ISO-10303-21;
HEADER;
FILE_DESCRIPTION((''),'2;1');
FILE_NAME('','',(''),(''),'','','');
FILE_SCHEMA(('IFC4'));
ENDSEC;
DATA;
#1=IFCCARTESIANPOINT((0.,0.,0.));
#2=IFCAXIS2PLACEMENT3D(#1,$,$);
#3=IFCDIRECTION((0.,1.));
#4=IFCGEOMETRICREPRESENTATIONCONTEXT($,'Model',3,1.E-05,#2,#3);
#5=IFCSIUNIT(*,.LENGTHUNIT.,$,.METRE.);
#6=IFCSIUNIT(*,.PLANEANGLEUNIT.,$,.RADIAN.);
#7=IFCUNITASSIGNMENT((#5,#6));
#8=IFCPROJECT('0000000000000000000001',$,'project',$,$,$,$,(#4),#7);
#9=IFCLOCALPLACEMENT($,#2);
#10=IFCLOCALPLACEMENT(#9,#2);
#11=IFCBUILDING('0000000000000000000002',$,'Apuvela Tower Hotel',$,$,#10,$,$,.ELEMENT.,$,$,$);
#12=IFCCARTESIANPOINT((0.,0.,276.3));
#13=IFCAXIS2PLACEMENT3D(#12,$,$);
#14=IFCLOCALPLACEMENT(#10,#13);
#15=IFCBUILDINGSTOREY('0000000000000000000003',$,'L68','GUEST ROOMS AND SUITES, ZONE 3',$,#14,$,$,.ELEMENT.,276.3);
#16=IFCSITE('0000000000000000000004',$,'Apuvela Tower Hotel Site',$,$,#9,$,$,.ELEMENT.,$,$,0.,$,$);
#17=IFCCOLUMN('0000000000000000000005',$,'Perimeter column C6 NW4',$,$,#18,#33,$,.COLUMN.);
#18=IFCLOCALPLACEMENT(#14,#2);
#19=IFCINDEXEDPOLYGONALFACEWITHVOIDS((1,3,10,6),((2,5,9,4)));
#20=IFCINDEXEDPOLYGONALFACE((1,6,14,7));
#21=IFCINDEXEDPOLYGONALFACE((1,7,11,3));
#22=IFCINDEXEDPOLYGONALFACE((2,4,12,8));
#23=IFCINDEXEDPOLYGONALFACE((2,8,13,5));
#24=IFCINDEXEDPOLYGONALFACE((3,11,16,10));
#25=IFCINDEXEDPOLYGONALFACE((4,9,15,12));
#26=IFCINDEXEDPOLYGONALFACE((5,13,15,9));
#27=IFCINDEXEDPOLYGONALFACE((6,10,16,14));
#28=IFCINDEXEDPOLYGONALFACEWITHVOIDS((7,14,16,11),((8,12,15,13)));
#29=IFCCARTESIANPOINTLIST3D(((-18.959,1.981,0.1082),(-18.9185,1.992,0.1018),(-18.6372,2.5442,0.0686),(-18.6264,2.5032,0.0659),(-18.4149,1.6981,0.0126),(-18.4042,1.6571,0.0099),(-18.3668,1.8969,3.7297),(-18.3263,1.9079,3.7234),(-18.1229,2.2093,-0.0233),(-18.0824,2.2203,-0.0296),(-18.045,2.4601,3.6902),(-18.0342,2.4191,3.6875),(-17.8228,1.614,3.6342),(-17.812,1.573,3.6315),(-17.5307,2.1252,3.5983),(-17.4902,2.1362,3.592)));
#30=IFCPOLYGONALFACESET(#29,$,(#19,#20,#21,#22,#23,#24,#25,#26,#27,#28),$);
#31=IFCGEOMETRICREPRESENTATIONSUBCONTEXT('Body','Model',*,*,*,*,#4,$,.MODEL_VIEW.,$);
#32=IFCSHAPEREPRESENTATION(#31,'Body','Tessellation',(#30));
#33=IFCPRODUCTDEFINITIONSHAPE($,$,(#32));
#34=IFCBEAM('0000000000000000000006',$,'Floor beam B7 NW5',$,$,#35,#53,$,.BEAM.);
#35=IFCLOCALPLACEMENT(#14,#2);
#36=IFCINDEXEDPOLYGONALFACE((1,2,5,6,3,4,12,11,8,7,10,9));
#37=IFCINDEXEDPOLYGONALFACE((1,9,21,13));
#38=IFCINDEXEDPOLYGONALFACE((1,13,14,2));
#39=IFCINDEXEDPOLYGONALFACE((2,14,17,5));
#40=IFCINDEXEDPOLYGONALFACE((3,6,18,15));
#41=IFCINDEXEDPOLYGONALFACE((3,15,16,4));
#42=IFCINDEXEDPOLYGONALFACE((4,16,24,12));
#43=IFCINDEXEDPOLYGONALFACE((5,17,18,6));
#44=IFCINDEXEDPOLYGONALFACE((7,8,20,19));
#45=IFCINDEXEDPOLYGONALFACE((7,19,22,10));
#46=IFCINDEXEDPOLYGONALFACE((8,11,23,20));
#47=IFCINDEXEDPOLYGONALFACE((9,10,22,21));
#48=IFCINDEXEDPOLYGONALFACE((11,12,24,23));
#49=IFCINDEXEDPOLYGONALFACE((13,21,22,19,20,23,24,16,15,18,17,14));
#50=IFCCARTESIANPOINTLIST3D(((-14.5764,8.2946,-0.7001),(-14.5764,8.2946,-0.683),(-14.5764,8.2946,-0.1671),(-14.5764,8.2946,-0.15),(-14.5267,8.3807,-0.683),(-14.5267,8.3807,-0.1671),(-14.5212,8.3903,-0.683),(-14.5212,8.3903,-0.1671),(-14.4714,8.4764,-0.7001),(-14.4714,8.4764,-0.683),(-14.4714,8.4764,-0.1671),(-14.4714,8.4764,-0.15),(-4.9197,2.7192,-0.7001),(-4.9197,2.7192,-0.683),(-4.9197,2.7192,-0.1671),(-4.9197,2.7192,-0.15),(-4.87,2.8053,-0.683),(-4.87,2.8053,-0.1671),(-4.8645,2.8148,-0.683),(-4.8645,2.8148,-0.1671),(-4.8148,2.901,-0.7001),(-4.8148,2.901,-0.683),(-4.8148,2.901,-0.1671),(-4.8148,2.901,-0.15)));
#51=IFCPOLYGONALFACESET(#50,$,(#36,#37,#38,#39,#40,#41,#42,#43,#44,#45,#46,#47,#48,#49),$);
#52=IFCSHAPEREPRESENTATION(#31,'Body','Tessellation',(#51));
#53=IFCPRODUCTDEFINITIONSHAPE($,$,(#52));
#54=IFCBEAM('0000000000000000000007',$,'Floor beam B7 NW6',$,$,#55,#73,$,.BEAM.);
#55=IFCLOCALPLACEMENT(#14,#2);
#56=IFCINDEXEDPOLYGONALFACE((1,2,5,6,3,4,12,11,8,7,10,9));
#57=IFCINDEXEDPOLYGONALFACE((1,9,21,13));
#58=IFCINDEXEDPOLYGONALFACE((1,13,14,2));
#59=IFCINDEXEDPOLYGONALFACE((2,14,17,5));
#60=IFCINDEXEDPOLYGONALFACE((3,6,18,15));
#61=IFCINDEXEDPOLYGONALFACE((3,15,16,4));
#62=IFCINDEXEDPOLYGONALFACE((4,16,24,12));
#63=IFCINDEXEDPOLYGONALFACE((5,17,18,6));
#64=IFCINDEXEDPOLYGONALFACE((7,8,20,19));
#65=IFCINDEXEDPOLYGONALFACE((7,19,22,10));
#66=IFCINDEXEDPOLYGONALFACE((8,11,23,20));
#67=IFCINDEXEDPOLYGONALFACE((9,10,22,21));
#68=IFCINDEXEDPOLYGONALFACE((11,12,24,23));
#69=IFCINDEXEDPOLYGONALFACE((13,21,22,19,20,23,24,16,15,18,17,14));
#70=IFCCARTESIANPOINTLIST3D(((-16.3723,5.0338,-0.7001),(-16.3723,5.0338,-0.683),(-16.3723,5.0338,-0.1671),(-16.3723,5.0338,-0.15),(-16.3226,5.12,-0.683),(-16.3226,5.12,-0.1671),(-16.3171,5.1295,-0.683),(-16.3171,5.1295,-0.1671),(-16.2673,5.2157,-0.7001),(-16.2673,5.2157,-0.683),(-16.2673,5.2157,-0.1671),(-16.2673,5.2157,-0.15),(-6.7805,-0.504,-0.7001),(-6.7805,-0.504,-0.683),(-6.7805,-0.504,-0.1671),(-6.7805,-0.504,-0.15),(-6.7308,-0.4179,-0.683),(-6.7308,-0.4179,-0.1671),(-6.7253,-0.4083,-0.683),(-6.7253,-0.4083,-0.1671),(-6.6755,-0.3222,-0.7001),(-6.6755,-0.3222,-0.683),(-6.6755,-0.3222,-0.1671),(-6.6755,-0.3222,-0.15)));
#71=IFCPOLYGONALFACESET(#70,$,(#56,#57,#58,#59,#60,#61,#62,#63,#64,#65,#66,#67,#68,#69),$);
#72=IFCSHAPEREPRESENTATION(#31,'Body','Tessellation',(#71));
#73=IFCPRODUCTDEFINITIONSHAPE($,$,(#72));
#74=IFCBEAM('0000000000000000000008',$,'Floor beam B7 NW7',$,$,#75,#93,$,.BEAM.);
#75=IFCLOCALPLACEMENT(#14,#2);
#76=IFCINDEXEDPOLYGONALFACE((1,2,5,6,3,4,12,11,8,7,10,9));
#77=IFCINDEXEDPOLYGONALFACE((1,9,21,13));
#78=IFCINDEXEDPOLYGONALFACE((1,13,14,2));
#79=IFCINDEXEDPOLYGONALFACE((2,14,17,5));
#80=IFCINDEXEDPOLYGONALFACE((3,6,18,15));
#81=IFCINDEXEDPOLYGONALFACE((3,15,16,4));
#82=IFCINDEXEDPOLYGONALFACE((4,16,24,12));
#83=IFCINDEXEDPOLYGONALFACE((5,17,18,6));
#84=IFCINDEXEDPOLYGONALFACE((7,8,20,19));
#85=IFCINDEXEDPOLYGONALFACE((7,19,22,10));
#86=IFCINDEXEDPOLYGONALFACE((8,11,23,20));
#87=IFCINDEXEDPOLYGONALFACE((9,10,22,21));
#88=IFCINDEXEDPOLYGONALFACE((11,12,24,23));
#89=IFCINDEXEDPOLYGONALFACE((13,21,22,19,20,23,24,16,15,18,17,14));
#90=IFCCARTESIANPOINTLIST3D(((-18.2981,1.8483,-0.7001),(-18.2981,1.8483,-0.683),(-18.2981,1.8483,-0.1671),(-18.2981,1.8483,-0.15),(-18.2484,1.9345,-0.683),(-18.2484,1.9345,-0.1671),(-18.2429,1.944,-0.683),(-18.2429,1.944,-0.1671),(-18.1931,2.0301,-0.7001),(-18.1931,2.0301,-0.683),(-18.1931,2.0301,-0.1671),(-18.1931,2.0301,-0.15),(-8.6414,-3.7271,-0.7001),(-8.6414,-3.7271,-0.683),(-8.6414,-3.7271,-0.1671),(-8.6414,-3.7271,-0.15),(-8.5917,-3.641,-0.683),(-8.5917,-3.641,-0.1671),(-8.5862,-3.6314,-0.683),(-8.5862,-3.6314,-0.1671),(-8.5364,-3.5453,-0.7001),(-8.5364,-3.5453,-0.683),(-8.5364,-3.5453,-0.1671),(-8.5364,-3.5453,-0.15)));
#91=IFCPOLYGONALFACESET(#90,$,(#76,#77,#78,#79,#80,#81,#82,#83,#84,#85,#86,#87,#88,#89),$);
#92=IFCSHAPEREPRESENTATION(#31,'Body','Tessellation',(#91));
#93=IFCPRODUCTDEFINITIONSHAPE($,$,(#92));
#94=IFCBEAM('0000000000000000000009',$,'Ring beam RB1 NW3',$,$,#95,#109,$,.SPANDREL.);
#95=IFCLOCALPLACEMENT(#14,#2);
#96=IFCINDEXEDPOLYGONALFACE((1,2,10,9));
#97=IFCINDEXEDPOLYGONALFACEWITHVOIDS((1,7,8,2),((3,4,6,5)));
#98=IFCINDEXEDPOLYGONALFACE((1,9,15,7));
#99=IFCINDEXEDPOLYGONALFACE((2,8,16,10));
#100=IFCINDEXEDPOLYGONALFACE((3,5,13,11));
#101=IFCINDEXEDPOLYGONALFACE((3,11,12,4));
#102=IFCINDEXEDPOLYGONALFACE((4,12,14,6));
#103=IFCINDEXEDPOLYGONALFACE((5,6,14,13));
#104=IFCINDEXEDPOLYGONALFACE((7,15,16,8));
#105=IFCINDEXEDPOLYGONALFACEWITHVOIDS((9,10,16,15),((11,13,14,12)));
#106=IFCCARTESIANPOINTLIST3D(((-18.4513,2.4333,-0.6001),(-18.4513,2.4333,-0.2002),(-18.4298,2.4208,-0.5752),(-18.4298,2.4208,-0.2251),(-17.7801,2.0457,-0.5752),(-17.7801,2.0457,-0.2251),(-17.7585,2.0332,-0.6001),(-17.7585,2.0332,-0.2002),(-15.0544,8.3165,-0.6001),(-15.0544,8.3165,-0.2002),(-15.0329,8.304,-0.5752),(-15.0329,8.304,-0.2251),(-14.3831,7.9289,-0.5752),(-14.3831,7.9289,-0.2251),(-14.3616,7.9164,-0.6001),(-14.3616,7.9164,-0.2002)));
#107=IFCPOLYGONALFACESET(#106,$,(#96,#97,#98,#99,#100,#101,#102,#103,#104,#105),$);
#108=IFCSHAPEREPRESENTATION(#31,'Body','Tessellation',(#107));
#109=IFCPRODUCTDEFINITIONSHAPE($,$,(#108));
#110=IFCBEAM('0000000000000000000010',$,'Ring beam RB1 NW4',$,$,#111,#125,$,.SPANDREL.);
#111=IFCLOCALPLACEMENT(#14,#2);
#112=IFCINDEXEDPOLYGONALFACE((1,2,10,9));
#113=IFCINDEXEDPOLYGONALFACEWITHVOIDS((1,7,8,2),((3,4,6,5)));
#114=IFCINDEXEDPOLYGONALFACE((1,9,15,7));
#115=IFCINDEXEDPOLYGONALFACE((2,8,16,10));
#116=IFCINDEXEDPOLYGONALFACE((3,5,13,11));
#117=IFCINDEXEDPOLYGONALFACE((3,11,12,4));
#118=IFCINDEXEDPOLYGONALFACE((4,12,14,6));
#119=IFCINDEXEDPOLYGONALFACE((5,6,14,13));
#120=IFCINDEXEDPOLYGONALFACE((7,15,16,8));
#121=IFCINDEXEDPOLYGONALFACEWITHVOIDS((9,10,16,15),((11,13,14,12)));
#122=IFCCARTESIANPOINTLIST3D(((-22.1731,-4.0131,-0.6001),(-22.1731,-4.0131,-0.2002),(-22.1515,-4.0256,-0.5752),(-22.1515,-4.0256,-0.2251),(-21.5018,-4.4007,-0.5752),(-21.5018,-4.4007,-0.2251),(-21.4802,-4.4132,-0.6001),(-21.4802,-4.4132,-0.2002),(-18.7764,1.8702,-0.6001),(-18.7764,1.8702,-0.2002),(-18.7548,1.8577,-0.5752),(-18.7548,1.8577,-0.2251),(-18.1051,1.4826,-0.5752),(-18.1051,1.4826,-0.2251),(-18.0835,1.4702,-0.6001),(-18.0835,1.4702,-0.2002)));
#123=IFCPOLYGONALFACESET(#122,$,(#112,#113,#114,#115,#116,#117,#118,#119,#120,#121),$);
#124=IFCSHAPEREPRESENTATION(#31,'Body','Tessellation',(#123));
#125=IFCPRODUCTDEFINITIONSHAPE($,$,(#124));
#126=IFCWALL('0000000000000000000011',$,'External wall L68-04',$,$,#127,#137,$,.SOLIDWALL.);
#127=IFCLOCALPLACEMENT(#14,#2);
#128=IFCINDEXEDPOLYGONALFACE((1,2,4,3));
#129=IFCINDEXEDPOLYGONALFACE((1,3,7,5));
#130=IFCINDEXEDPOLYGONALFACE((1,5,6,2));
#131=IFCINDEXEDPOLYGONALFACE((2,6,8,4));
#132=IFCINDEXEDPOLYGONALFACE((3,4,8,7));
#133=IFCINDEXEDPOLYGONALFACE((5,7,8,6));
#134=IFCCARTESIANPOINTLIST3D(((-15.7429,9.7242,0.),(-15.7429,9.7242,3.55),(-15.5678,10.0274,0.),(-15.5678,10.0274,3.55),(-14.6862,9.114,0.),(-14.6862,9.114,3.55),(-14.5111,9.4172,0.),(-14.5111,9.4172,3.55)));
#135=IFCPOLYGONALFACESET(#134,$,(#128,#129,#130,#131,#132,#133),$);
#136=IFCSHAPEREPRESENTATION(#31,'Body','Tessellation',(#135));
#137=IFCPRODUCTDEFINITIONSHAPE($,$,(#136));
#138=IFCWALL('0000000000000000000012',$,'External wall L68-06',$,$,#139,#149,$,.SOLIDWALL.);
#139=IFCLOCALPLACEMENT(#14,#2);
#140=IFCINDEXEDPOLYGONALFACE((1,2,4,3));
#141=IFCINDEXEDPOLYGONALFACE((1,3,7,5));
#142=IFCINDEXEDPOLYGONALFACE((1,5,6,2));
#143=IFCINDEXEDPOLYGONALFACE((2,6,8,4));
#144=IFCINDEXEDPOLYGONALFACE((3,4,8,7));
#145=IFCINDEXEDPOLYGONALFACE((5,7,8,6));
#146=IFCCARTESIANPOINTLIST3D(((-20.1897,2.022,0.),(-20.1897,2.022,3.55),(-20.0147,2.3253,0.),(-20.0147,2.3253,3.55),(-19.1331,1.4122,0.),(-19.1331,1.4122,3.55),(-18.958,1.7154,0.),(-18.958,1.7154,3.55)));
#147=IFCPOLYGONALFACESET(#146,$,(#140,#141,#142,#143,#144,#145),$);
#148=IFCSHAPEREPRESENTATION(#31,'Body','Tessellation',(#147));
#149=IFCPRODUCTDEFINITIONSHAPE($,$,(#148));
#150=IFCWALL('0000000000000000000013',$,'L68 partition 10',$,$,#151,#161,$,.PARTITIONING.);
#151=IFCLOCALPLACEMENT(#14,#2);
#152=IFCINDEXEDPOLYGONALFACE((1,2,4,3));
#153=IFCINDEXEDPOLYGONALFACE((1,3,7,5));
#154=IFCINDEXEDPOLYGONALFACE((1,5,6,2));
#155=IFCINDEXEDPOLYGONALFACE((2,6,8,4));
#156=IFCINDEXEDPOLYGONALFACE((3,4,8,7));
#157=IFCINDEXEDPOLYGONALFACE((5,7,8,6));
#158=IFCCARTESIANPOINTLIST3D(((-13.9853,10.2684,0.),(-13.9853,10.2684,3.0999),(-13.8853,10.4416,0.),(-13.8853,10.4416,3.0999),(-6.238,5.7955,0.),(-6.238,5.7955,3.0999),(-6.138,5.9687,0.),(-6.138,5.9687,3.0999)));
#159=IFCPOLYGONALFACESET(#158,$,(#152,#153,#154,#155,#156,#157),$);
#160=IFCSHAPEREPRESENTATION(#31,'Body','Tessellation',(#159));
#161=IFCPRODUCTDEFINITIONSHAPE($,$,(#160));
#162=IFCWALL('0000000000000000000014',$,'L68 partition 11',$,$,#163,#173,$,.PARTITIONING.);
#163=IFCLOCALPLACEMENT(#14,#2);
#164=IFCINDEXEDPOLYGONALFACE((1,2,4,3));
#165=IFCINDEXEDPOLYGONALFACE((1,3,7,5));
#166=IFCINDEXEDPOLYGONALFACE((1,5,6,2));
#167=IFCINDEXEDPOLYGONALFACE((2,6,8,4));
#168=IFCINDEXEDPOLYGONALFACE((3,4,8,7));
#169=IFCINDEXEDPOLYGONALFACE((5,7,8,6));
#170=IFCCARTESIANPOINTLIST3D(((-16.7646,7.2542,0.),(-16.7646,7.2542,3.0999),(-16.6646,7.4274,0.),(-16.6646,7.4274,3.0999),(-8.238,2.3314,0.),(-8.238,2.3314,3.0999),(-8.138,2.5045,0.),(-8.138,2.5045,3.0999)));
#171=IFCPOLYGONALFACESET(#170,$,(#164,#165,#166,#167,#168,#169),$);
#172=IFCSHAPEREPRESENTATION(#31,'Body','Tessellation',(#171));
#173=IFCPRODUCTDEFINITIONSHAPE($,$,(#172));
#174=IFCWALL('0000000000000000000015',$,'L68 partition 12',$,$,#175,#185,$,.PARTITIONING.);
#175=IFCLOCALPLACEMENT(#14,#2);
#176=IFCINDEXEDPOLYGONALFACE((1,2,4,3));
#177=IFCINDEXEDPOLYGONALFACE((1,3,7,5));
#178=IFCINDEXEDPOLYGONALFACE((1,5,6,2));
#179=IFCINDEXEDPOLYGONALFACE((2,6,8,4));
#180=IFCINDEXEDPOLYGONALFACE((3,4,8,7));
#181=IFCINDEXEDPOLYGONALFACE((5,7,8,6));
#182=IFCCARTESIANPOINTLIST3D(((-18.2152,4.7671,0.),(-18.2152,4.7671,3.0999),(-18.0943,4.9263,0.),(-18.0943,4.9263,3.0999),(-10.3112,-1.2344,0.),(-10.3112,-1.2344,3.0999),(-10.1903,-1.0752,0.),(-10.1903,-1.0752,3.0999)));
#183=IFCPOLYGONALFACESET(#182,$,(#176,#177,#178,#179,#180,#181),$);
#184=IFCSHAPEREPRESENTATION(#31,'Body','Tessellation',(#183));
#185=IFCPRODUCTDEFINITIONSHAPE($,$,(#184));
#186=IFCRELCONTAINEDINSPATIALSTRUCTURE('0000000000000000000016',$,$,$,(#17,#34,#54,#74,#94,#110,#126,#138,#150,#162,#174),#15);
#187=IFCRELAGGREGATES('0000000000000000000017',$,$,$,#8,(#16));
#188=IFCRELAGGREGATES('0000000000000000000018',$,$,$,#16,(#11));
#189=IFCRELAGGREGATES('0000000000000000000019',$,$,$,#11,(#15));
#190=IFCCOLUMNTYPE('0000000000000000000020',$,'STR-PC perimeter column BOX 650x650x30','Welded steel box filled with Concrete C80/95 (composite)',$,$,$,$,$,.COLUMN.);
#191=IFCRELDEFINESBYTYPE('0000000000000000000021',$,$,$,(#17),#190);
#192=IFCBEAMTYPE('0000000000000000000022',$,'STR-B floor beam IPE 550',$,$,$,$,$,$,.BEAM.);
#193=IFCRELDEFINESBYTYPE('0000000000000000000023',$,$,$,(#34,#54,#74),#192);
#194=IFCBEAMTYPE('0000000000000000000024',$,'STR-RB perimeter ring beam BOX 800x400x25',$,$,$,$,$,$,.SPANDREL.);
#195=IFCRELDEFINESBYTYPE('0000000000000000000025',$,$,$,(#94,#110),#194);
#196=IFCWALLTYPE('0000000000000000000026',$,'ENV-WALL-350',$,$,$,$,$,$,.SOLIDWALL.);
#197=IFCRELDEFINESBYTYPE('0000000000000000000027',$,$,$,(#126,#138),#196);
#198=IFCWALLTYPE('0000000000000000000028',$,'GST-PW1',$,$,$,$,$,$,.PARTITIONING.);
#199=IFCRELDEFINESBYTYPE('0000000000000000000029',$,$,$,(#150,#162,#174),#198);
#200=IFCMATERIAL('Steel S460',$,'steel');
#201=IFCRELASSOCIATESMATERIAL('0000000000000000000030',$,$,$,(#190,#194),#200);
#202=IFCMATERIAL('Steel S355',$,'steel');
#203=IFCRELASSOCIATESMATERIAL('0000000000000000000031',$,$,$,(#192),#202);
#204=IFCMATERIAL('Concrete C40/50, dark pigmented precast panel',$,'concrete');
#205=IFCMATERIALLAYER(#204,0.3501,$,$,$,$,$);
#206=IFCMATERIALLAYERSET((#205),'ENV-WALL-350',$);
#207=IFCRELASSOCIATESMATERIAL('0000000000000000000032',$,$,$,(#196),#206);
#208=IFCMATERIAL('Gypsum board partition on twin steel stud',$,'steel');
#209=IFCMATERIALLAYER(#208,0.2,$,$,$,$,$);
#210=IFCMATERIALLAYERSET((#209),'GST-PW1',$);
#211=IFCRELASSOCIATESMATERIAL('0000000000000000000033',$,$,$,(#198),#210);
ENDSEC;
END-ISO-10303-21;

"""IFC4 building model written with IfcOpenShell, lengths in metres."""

from ifc_helpers import new_model, si_unit, direction, frame, frame_2d, origin, origin_2d, place, context, subcontext, project, spatial, rectangle, hollow_rectangle, i_section, extrude, boolean, halfspace, material, layer, layer_set, material_profile, profile_set, type_object, element, save


model = new_model("IFC4")

# Units and contexts
model_context = context("Model", 3, precision=1e-05, world=origin(), true_north=direction((0.0, 1.0)))
body_context = subcontext(model_context, "Body", "Model", "MODEL_VIEW")
ifc_project = project(units=[si_unit("LENGTHUNIT", "METRE"), si_unit("PLANEANGLEUNIT", "RADIAN")], contexts=[model_context])

# Site, building, storey
site_placement = place(None, origin())
site = spatial("IfcSite", under=ifc_project, at=site_placement, Name="Apuvela Tower Hotel Site", CompositionType="ELEMENT", RefElevation=0.0)
building_placement = place(site_placement, origin())
building = spatial("IfcBuilding", under=site, at=building_placement, Name="Apuvela Tower Hotel", CompositionType="ELEMENT")
storey_placement = place(building_placement, frame((0.0, 0.0, 276.3)))
storey = spatial("IfcBuildingStorey", under=building, at=storey_placement, Name="L68", Description="GUEST ROOMS AND SUITES, ZONE 3", CompositionType="ELEMENT", Elevation=276.3)

# Column
ifc_material_1 = material(Name="Steel S460", Category="steel")
ifc_material_profile_1 = material_profile(ifc_material_1, hollow_rectangle(XDim=0.6499, YDim=0.6499, WallThickness=0.03, at=origin_2d()), Name="BOX 650x650x30")
ifc_material_2 = material(Name="Concrete C80/95", Category="concrete")
ifc_material_profile_2 = material_profile(ifc_material_2, rectangle(XDim=0.5901, YDim=0.5901, at=origin_2d()), Name="Concrete C80/95 infill")
ifc_profile_set_1 = profile_set([ifc_material_profile_1, ifc_material_profile_2], Name="Steel S460")
column_type = type_object("IfcColumnType", Name="STR-PC perimeter column BOX 650x650x30", Description="Welded steel box filled with Concrete C80/95 (composite)", PredefinedType="COLUMN", material=ifc_profile_set_1)
column_1_placement = place(storey_placement, frame((-18.5271, 2.1016, 0.0), z_axis=(0.161325, -0.022916, 0.986635), x_axis=(-0.495162, -0.866668, 0.060834)))
element("IfcColumn", 1, at=column_1_placement, inside=storey, type_object=column_type, Name="Perimeter column C6 NW4", PredefinedType="COLUMN", context=body_context, shape_type="SweptSolid", body=[
    boolean("DIFFERENCE", boolean("DIFFERENCE", extrude(hollow_rectangle(XDim=0.6499, YDim=0.6499, WallThickness=0.03, at=origin_2d()), origin(), (0.0, 0.0, 1.0), 3.75), halfspace(frame((0.0, 0.0, 0.0398), z_axis=(0.0, 0.0, 1.0), x_axis=(1.0, 0.0, 0.0)), True)), halfspace(frame((0.0, 0.0, 3.7104), z_axis=(0.0, 0.0, 1.0), x_axis=(1.0, 0.0, 0.0)), False)),
])

# Beams
ifc_material_3 = material(Name="Steel S355", Category="steel")
ifc_material_profile_3 = material_profile(ifc_material_3, i_section(OverallWidth=0.21, OverallDepth=0.55, WebThickness=0.011, FlangeThickness=0.0171, at=origin_2d()), Name="IPE 550")
ifc_profile_set_2 = profile_set([ifc_material_profile_3], Name="Steel S355")
beam_type_1 = type_object("IfcBeamType", Name="STR-B floor beam IPE 550", PredefinedType="BEAM", material=ifc_profile_set_2)
beam_1_placement = place(storey_placement, frame((-14.5239, 8.3855, -0.425), z_axis=(0.866021, -0.500008, 0.0), x_axis=(0.500008, 0.866021, 0.0)))
element("IfcBeam", 2, at=beam_1_placement, inside=storey, type_object=beam_type_1, Name="Floor beam B7 NW5", PredefinedType="BEAM", context=body_context, shape_type="SweptSolid", body=[
    extrude(i_section(OverallWidth=0.21, OverallDepth=0.55, WebThickness=0.011, FlangeThickness=0.0171, at=origin_2d()), origin(), (0.0, 0.0, 1.0), 11.1506),
])
beam_2_placement = place(storey_placement, frame((-16.3198, 5.1248, -0.425), z_axis=(0.866025, -0.500001, 0.0), x_axis=(0.500001, 0.866025, 0.0)))
element("IfcBeam", 3, at=beam_2_placement, inside=storey, type_object=beam_type_1, Name="Floor beam B7 NW6", PredefinedType="BEAM", context=body_context, shape_type="SweptSolid", body=[
    extrude(i_section(OverallWidth=0.21, OverallDepth=0.55, WebThickness=0.011, FlangeThickness=0.0171, at=origin_2d()), origin(), (0.0, 0.0, 1.0), 11.0757),
])
beam_3_placement = place(storey_placement, frame((-18.2456, 1.9392, -0.425), z_axis=(0.866021, -0.500008, 0.0), x_axis=(0.500008, 0.866021, 0.0)))
element("IfcBeam", 4, at=beam_3_placement, inside=storey, type_object=beam_type_1, Name="Floor beam B7 NW7", PredefinedType="BEAM", context=body_context, shape_type="SweptSolid", body=[
    extrude(i_section(OverallWidth=0.21, OverallDepth=0.55, WebThickness=0.011, FlangeThickness=0.0171, at=origin_2d()), origin(), (0.0, 0.0, 1.0), 11.1506),
])
ifc_material_profile_4 = material_profile(ifc_material_1, hollow_rectangle(XDim=0.8, YDim=0.3999, WallThickness=0.0249, at=origin_2d()), Name="BOX 800x400x25")
ifc_profile_set_3 = profile_set([ifc_material_profile_4], Name="Steel S460")
beam_type_2 = type_object("IfcBeamType", Name="STR-RB perimeter ring beam BOX 800x400x25", PredefinedType="SPANDREL", material=ifc_profile_set_3)
for number, where, z_axis, x_axis, name in (
    (5, (-14.708, 8.1165, -0.4001), (-0.500027, -0.86601, 0.0), (0.86601, -0.500027, 0.0), "Ring beam RB1 NW3"),
    (6, (-18.4299, 1.6702, -0.4001), (-0.5, -0.866025, 0.0), (0.866025, -0.5, 0.0), "Ring beam RB1 NW4"),
):
    element("IfcBeam", number, at=place(storey_placement, frame(where, z_axis=z_axis, x_axis=x_axis)), inside=storey, type_object=beam_type_2, Name=name, PredefinedType="SPANDREL", context=body_context, shape_type="SweptSolid", body=[
        extrude(hollow_rectangle(XDim=0.8, YDim=0.3999, WallThickness=0.0249, at=origin_2d()), origin(), (0.0, 0.0, 1.0), 6.7935),
    ])

# Wall
ifc_material_4 = material(Name="Concrete C40/50, dark pigmented precast panel", Category="concrete")
ifc_layer_1 = layer(ifc_material_4, 0.3501)
ifc_layer_set_1 = layer_set([ifc_layer_1], Name="ENV-WALL-350")
wall_type_1 = type_object("IfcWallType", Name="ENV-WALL-350", PredefinedType="SOLIDWALL", material=ifc_layer_set_1)
wall_1_placement = place(storey_placement, frame((-14.5986, 9.2656, 0.0), z_axis=(0.0, 0.0, 1.0), x_axis=(-0.866006, 0.500034, 0.0)))
element("IfcWall", 7, at=wall_1_placement, inside=storey, type_object=wall_type_1, Name="External wall L68-04", PredefinedType="SOLIDWALL", context=body_context, shape_type="SweptSolid", body=[
    extrude(rectangle(XDim=1.2202, YDim=0.3501, at=frame_2d((0.6101, 0.0))), origin(), (0.0, 0.0, 1.0), 3.55),
])

# Wall
wall_2_placement = place(storey_placement, frame((-20.1021, 2.1736, 0.0), z_axis=(0.0, 0.0, 1.0), x_axis=(0.866092, -0.499884, 0.0)))
element("IfcWall", 8, at=wall_2_placement, inside=storey, type_object=wall_type_1, Name="External wall L68-06", PredefinedType="SOLIDWALL", context=body_context, shape_type="SweptSolid", body=[
    extrude(rectangle(XDim=1.22, YDim=0.3501, at=frame_2d((0.6099, 0.0))), origin(), (0.0, 0.0, 1.0), 3.55),
])

# Walls
ifc_material_5 = material(Name="Gypsum board partition on twin steel stud", Category="steel")
ifc_layer_2 = layer(ifc_material_5, 0.2)
ifc_layer_set_2 = layer_set([ifc_layer_2], Name="GST-PW1")
wall_type_2 = type_object("IfcWallType", Name="GST-PW1", PredefinedType="PARTITIONING", material=ifc_layer_set_2)
wall_3_placement = place(storey_placement, frame((-13.9353, 10.355, 0.0), z_axis=(0.0, 0.0, 1.0), x_axis=(0.866026, -0.499999, 0.0)))
element("IfcWall", 9, at=wall_3_placement, inside=storey, type_object=wall_type_2, Name="L68 partition 10", PredefinedType="PARTITIONING", context=body_context, shape_type="SweptSolid", body=[
    extrude(rectangle(XDim=8.9458, YDim=0.2, at=frame_2d((4.4729, 0.0))), origin(), (0.0, 0.0, 1.0), 3.0999),
])
wall_4_placement = place(storey_placement, frame((-16.7146, 7.3408, 0.0), z_axis=(0.0, 0.0, 1.0), x_axis=(0.866025, -0.500001, 0.0)))
element("IfcWall", 10, at=wall_4_placement, inside=storey, type_object=wall_type_2, Name="L68 partition 11", PredefinedType="PARTITIONING", context=body_context, shape_type="SweptSolid", body=[
    extrude(rectangle(XDim=9.8457, YDim=0.2, at=frame_2d((4.9229, 0.0))), origin(), (0.0, 0.0, 1.0), 3.0999),
])
wall_5_placement = place(storey_placement, frame((-18.1548, 4.8467, 0.0), z_axis=(0.0, 0.0, 1.0), x_axis=(0.796435, -0.604725, 0.0)))
element("IfcWall", 11, at=wall_5_placement, inside=storey, type_object=wall_type_2, Name="L68 partition 12", PredefinedType="PARTITIONING", context=body_context, shape_type="SweptSolid", body=[
    extrude(rectangle(XDim=9.9243, YDim=0.2, at=frame_2d((4.9622, 0.0))), origin(), (0.0, 0.0, 1.0), 3.0999),
])

save(model, "model.ifc")
